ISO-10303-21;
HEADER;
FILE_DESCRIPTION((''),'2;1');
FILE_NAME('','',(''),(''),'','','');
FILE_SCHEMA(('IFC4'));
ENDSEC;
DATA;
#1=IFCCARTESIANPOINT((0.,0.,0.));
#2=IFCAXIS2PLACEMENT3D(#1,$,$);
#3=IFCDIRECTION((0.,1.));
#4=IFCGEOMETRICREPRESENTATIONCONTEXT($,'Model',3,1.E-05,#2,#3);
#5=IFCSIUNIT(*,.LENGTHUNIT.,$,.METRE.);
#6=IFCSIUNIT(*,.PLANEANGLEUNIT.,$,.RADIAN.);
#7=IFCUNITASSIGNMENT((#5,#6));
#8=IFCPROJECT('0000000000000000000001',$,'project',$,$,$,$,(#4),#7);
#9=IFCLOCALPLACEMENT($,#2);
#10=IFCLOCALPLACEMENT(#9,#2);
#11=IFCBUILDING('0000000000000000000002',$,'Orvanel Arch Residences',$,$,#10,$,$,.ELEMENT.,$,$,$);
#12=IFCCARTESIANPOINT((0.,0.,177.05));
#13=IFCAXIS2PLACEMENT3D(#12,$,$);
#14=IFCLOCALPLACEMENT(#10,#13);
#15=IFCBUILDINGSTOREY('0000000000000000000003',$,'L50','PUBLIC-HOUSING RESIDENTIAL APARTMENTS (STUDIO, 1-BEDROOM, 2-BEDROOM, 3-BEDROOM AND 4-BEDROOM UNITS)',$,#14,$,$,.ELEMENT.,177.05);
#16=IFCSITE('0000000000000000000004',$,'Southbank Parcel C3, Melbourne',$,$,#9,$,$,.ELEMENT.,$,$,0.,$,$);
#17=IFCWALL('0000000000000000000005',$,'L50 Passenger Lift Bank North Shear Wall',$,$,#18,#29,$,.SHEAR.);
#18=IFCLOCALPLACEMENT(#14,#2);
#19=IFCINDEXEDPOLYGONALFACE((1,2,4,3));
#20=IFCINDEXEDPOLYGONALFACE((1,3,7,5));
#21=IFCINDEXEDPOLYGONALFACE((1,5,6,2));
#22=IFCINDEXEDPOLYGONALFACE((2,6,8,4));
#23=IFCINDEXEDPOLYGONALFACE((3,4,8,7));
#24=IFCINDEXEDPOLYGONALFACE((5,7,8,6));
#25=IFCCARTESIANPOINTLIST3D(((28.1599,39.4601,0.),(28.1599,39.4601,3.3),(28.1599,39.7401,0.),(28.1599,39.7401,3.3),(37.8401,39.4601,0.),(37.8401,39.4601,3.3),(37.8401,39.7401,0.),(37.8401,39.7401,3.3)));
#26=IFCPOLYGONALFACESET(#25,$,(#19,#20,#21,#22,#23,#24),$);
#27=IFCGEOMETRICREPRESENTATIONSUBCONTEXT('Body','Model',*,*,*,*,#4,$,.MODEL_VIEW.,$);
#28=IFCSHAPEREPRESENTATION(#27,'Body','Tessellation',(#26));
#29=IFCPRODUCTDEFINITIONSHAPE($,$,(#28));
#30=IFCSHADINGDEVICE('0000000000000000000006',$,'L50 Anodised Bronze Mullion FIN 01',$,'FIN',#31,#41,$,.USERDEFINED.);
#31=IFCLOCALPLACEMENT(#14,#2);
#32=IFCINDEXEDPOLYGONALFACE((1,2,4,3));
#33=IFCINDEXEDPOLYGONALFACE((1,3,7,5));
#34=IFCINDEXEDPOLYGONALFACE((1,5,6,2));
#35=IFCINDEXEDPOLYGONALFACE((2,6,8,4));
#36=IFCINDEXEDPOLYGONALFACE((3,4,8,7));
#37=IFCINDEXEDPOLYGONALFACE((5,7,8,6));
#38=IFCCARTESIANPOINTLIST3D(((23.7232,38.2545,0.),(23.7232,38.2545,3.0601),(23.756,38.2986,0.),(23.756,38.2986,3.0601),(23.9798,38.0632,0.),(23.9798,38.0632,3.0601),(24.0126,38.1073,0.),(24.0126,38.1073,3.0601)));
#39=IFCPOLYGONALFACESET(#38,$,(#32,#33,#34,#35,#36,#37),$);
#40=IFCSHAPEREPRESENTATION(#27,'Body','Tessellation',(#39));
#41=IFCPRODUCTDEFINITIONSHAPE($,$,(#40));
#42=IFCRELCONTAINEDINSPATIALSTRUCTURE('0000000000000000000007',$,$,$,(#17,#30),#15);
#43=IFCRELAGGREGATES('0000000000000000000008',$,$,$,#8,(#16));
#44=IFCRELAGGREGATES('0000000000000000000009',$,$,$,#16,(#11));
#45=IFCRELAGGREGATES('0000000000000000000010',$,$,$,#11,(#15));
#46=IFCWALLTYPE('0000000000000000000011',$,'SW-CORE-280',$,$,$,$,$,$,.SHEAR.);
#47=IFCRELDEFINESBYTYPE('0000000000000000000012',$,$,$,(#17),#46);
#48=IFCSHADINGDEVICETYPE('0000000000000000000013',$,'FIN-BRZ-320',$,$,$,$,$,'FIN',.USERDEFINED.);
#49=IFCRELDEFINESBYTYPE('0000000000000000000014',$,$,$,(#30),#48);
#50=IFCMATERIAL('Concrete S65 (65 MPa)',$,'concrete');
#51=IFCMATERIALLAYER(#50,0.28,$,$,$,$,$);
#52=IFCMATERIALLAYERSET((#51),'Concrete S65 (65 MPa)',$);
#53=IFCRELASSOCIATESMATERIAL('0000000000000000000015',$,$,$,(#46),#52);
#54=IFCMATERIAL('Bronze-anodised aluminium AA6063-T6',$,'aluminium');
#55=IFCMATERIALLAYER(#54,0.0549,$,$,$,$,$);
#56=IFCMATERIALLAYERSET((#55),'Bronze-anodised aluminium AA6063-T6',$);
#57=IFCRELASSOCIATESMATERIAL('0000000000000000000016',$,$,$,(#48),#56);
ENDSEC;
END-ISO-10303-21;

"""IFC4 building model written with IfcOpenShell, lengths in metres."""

from ifc_helpers import new_model, si_unit, direction, frame, frame_2d, origin, origin_2d, place, context, subcontext, project, spatial, rectangle, extrude, material, layer, layer_set, type_object, element, save


model = new_model("IFC4")

# Units and contexts
model_context = context("Model", 3, precision=1e-05, world=origin(), true_north=direction((0.0, 1.0)))
body_context = subcontext(model_context, "Body", "Model", "MODEL_VIEW")
ifc_project = project(units=[si_unit("LENGTHUNIT", "METRE"), si_unit("PLANEANGLEUNIT", "RADIAN")], contexts=[model_context])

# Site, building, storey
site_placement = place(None, origin())
site = spatial("IfcSite", under=ifc_project, at=site_placement, Name="Southbank Parcel C3, Melbourne", CompositionType="ELEMENT", RefElevation=0.0)
building_placement = place(site_placement, origin())
building = spatial("IfcBuilding", under=site, at=building_placement, Name="Orvanel Arch Residences", CompositionType="ELEMENT")
storey_placement = place(building_placement, frame((0.0, 0.0, 177.05)))
storey = spatial("IfcBuildingStorey", under=building, at=storey_placement, Name="L50", Description="PUBLIC-HOUSING RESIDENTIAL APARTMENTS (STUDIO, 1-BEDROOM, 2-BEDROOM, 3-BEDROOM AND 4-BEDROOM UNITS)", CompositionType="ELEMENT", Elevation=177.05)

# Shared definitions
ifc_material_1 = material(Name="Bronze-anodised aluminium AA6063-T6", Category="aluminium")

# Wall
ifc_material_2 = material(Name="Concrete S65 (65 MPa)", Category="concrete")
ifc_layer_1 = layer(ifc_material_2, 0.28)
ifc_layer_set_1 = layer_set([ifc_layer_1], Name="Concrete S65 (65 MPa)")
wall_type = type_object("IfcWallType", Name="SW-CORE-280", PredefinedType="SHEAR", material=ifc_layer_set_1)
wall_placement = place(storey_placement, frame((28.1599, 39.6001, 0.0), z_axis=(0.0, 0.0, 1.0), x_axis=(1.0, 0.0, 0.0)))
element("IfcWall", 1, at=wall_placement, inside=storey, type_object=wall_type, Name="L50 Passenger Lift Bank North Shear Wall", PredefinedType="SHEAR", context=body_context, shape_type="SweptSolid", body=[
    extrude(rectangle(XDim=9.6802, YDim=0.28, at=frame_2d((4.8401, 0.0))), origin(), (0.0, 0.0, 1.0), 3.3),
])

# Shading device
ifc_layer_2 = layer(ifc_material_1, 0.0549)
ifc_layer_set_2 = layer_set([ifc_layer_2], Name="Bronze-anodised aluminium AA6063-T6")
shading_device_type = type_object("IfcShadingDeviceType", Name="FIN-BRZ-320", ElementType="FIN", PredefinedType="USERDEFINED", material=ifc_layer_set_2)
shading_device_placement = place(storey_placement, frame((23.8679, 38.1809, 0.0), z_axis=(0.0, 0.0, 1.0), x_axis=(-0.801776, 0.597625, 0.0)))
element("IfcShadingDevice", 2, at=shading_device_placement, inside=storey, type_object=shading_device_type, Name="L50 Anodised Bronze Mullion FIN 01", ObjectType="FIN", PredefinedType="USERDEFINED", context=body_context, shape_type="SweptSolid", body=[
    extrude(rectangle(XDim=0.3201, YDim=0.0549, at=origin_2d()), origin(), (0.0, 0.0, 1.0), 3.0601),
])

save(model, "model.ifc")
